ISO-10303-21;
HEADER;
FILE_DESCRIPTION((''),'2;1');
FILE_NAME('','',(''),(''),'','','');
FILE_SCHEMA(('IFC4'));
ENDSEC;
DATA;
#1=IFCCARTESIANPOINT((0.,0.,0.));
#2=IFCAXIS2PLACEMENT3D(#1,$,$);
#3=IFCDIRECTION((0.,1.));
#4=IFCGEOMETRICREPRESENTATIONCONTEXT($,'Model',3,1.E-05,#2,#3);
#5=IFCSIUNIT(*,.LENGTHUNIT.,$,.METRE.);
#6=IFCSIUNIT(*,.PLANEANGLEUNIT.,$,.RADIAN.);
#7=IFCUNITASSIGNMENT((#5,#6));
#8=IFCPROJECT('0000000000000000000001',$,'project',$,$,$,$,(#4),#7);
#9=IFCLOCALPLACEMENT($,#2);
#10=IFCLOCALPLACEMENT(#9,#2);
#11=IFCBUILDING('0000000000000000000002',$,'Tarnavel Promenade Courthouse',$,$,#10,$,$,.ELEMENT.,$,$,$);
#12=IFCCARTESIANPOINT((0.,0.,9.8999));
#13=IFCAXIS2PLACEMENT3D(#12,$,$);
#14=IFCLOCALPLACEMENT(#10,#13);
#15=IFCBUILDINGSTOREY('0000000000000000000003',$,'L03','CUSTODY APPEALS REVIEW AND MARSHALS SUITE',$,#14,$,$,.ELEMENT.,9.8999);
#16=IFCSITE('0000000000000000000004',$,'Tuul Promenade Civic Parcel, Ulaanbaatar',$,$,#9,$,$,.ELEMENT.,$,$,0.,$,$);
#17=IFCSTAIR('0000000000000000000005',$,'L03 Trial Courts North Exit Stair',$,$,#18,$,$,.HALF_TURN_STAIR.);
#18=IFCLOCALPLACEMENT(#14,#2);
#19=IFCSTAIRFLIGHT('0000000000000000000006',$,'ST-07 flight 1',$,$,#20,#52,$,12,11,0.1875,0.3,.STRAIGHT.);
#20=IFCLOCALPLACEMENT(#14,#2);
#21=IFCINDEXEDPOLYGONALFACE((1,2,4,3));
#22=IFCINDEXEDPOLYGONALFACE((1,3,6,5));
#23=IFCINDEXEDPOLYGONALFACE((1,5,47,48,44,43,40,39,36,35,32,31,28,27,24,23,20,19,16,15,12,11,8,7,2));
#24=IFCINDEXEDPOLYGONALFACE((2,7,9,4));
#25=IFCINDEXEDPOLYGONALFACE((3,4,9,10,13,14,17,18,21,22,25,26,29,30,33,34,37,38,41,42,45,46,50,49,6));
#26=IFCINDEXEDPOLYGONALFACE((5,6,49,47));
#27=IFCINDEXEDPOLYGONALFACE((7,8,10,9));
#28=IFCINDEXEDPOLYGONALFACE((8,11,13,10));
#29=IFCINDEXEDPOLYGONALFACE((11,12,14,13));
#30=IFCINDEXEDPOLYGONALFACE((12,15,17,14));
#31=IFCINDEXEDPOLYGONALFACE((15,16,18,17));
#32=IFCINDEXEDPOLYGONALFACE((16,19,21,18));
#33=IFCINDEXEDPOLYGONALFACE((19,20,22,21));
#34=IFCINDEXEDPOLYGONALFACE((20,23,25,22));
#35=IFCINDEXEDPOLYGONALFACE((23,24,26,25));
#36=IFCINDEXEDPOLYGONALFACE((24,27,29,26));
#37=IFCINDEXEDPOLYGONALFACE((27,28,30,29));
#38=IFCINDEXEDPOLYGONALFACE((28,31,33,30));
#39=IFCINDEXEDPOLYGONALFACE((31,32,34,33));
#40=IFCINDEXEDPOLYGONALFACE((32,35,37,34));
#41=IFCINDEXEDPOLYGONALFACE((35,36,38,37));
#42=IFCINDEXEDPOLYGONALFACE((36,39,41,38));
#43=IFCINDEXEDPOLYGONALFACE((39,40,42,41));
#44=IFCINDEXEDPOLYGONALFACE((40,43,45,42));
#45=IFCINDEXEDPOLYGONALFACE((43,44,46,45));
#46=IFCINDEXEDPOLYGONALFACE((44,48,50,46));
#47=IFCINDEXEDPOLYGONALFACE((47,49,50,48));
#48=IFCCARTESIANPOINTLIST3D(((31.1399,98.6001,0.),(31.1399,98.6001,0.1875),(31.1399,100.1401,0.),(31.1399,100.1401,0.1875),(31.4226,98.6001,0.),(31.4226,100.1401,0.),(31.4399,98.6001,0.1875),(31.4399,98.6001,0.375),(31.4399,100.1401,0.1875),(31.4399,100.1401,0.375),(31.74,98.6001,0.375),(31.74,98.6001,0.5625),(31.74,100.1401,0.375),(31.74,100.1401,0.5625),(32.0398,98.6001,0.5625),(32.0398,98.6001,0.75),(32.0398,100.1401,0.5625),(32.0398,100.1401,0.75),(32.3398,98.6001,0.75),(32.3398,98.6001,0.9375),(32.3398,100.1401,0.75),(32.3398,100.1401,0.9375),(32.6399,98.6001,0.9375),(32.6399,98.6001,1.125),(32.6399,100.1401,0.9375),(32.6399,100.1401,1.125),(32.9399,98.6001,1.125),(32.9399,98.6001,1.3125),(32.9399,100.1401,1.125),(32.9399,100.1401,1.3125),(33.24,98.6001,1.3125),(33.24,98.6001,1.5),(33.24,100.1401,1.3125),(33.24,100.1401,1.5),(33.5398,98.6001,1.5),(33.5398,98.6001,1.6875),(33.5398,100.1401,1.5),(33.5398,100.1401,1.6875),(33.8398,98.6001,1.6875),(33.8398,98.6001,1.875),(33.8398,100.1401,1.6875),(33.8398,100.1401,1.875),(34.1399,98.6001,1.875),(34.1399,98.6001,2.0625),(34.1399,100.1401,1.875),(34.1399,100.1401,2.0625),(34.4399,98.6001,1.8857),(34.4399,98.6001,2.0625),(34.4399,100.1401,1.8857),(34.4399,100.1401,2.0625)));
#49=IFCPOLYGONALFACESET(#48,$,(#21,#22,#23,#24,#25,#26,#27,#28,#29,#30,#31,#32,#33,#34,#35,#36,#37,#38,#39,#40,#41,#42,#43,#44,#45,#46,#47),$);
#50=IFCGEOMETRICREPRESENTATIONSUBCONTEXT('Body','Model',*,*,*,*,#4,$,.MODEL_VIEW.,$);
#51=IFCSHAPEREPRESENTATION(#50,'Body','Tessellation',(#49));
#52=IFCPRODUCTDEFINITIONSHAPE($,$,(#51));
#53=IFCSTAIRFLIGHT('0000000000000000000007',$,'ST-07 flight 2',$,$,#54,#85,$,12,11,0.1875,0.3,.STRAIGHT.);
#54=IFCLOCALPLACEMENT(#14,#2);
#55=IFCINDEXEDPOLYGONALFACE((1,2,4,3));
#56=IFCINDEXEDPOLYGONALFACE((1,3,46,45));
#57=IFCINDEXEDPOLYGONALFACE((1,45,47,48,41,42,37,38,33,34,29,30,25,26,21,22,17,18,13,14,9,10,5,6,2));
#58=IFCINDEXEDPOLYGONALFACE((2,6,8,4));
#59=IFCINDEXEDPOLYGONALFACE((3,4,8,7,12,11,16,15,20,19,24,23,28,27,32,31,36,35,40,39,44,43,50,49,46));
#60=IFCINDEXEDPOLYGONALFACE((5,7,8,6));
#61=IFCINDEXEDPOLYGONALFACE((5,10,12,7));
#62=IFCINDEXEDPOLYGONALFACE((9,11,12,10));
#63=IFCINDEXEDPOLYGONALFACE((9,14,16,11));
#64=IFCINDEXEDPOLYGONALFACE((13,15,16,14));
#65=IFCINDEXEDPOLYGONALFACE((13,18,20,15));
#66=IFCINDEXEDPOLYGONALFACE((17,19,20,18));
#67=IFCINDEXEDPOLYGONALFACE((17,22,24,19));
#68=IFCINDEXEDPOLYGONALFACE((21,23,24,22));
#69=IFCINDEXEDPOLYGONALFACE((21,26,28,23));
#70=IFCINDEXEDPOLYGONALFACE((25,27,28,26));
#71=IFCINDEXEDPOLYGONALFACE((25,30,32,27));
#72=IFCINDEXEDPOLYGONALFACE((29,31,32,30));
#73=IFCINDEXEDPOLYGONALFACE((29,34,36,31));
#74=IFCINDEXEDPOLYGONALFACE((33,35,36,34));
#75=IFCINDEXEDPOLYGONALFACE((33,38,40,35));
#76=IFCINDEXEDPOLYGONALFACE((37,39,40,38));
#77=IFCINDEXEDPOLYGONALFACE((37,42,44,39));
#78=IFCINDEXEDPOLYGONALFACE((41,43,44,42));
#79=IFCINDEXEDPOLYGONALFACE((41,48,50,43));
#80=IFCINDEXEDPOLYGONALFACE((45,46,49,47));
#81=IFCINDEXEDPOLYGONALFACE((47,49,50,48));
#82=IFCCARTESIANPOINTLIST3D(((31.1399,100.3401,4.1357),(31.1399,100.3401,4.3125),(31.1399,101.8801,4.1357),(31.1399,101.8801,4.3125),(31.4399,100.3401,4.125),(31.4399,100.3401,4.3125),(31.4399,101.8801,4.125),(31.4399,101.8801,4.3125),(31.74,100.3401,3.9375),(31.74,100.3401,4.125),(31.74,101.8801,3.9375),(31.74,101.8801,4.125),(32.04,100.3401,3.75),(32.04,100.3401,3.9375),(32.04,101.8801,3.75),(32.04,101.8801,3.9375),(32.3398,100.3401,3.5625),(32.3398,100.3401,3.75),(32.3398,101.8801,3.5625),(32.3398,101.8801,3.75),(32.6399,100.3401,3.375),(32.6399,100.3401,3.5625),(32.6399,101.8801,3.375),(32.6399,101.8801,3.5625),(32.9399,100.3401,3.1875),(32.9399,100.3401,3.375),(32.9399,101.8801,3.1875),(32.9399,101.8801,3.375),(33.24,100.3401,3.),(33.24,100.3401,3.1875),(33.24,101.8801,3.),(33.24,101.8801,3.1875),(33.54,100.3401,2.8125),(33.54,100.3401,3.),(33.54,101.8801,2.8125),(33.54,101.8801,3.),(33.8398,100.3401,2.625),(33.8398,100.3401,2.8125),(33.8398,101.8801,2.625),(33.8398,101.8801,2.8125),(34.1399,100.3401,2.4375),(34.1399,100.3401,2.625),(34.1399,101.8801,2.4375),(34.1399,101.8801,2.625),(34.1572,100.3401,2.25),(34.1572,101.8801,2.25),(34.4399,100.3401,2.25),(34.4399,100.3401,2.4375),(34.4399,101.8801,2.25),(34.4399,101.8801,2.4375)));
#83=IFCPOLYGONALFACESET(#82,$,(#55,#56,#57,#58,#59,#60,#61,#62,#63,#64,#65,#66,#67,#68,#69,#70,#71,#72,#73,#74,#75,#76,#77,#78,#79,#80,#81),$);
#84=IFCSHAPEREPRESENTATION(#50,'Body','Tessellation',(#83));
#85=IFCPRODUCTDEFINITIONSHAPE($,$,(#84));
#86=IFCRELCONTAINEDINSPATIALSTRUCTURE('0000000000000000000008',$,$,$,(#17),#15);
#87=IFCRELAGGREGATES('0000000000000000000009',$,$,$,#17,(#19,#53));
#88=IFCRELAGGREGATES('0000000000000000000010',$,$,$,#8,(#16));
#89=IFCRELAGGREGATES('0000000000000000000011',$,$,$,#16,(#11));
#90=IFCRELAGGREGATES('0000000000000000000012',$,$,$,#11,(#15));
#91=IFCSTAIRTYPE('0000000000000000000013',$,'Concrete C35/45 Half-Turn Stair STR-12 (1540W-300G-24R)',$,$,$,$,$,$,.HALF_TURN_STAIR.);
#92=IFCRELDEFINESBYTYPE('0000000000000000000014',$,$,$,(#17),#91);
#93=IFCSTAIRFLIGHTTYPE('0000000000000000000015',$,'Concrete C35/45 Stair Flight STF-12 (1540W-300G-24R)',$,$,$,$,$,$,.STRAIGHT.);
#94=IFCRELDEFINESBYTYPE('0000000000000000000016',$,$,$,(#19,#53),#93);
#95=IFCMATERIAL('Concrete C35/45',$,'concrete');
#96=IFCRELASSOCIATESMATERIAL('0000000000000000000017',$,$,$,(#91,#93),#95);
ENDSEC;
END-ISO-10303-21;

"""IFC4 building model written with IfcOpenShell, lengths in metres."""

from ifc_helpers import new_model, si_unit, direction, frame, origin, place, context, subcontext, project, spatial, polyline, outline, extrude, material, type_object, element, aggregate, save


model = new_model("IFC4")

# Units and contexts
model_context = context("Model", 3, precision=1e-05, world=origin(), true_north=direction((0.0, 1.0)))
body_context = subcontext(model_context, "Body", "Model", "MODEL_VIEW")
ifc_project = project(units=[si_unit("LENGTHUNIT", "METRE"), si_unit("PLANEANGLEUNIT", "RADIAN")], contexts=[model_context])

# Site, building, storey
site_placement = place(None, origin())
site = spatial("IfcSite", under=ifc_project, at=site_placement, Name="Tuul Promenade Civic Parcel, Ulaanbaatar", CompositionType="ELEMENT", RefElevation=0.0)
building_placement = place(site_placement, origin())
building = spatial("IfcBuilding", under=site, at=building_placement, Name="Tarnavel Promenade Courthouse", CompositionType="ELEMENT")
storey_placement = place(building_placement, frame((0.0, 0.0, 9.8999)))
storey = spatial("IfcBuildingStorey", under=building, at=storey_placement, Name="L03", Description="CUSTODY APPEALS REVIEW AND MARSHALS SUITE", CompositionType="ELEMENT", Elevation=9.8999)

# Stair, stair flights
ifc_material_1 = material(Name="Concrete C35/45", Category="concrete")
stair_type = type_object("IfcStairType", Name="Concrete C35/45 Half-Turn Stair STR-12 (1540W-300G-24R)", PredefinedType="HALF_TURN_STAIR", material=ifc_material_1)
stair_placement = place(storey_placement, origin())
stair = element("IfcStair", 1, at=stair_placement, inside=storey, type_object=stair_type, Name="L03 Trial Courts North Exit Stair", PredefinedType="HALF_TURN_STAIR")
stair_flight_type = type_object("IfcStairFlightType", Name="Concrete C35/45 Stair Flight STF-12 (1540W-300G-24R)", PredefinedType="STRAIGHT", material=ifc_material_1)
stair_flight_1_placement = place(storey_placement, frame((31.1399, 99.3701, 0.0), z_axis=(0.0, 0.0, 1.0), x_axis=(1.0, 0.0, 0.0)))
stair_flight_1 = element("IfcStairFlight", 2, at=stair_flight_1_placement, type_object=stair_flight_type, Name="ST-07 flight 1", NumberOfRisers=12, NumberOfTreads=11, PredefinedType="STRAIGHT", RiserHeight=0.1875, TreadLength=0.3, context=body_context, shape_type="SweptSolid", body=[
    extrude(outline(polyline([(0.0, 0.0), (0.0, 0.1875), (0.3, 0.1875), (0.3, 0.375), (0.6001, 0.375), (0.6001, 0.5625), (0.8999, 0.5625), (0.8999, 0.75), (1.2, 0.75), (1.2, 0.9375), (1.5, 0.9375), (1.5, 1.125), (1.8, 1.125), (1.8, 1.3125), (2.1001, 1.3125), (2.1001, 1.5), (2.3999, 1.5), (2.3999, 1.6875), (2.7, 1.6875), (2.7, 1.875), (3.0, 1.875), (3.0, 2.0625), (3.3, 2.0625), (3.3, 2.25), (3.3, 1.8857), (0.2827, 0.0), (0.0, 0.0)])), frame((0.0, 0.77, 0.0), z_axis=(0.0, -1.0, 0.0), x_axis=(1.0, 0.0, 0.0)), (0.0, 0.0, 1.0), 1.54),
])
stair_flight_2_placement = place(storey_placement, frame((34.4399, 101.1101, 2.25), z_axis=(0.0, 0.0, 1.0), x_axis=(-1.0, 0.0, 0.0)))
stair_flight_2 = element("IfcStairFlight", 3, at=stair_flight_2_placement, type_object=stair_flight_type, Name="ST-07 flight 2", NumberOfRisers=12, NumberOfTreads=11, PredefinedType="STRAIGHT", RiserHeight=0.1875, TreadLength=0.3, context=body_context, shape_type="SweptSolid", body=[
    extrude(outline(polyline([(0.0, 0.0), (0.0, 0.1875), (0.3, 0.1875), (0.3, 0.375), (0.6001, 0.375), (0.6001, 0.5625), (0.8999, 0.5625), (0.8999, 0.75), (1.2, 0.75), (1.2, 0.9375), (1.5, 0.9375), (1.5, 1.125), (1.8, 1.125), (1.8, 1.3125), (2.1001, 1.3125), (2.1001, 1.5), (2.3999, 1.5), (2.3999, 1.6875), (2.7, 1.6875), (2.7, 1.875), (3.0, 1.875), (3.0, 2.0625), (3.3, 2.0625), (3.3, 2.25), (3.3, 1.8857), (0.2827, 0.0), (0.0, 0.0)])), frame((0.0, 0.77, 0.0), z_axis=(0.0, -1.0, 0.0), x_axis=(1.0, 0.0, 0.0)), (0.0, 0.0, 1.0), 1.54),
])
aggregate(stair, [stair_flight_1, stair_flight_2])

save(model, "model.ifc")
